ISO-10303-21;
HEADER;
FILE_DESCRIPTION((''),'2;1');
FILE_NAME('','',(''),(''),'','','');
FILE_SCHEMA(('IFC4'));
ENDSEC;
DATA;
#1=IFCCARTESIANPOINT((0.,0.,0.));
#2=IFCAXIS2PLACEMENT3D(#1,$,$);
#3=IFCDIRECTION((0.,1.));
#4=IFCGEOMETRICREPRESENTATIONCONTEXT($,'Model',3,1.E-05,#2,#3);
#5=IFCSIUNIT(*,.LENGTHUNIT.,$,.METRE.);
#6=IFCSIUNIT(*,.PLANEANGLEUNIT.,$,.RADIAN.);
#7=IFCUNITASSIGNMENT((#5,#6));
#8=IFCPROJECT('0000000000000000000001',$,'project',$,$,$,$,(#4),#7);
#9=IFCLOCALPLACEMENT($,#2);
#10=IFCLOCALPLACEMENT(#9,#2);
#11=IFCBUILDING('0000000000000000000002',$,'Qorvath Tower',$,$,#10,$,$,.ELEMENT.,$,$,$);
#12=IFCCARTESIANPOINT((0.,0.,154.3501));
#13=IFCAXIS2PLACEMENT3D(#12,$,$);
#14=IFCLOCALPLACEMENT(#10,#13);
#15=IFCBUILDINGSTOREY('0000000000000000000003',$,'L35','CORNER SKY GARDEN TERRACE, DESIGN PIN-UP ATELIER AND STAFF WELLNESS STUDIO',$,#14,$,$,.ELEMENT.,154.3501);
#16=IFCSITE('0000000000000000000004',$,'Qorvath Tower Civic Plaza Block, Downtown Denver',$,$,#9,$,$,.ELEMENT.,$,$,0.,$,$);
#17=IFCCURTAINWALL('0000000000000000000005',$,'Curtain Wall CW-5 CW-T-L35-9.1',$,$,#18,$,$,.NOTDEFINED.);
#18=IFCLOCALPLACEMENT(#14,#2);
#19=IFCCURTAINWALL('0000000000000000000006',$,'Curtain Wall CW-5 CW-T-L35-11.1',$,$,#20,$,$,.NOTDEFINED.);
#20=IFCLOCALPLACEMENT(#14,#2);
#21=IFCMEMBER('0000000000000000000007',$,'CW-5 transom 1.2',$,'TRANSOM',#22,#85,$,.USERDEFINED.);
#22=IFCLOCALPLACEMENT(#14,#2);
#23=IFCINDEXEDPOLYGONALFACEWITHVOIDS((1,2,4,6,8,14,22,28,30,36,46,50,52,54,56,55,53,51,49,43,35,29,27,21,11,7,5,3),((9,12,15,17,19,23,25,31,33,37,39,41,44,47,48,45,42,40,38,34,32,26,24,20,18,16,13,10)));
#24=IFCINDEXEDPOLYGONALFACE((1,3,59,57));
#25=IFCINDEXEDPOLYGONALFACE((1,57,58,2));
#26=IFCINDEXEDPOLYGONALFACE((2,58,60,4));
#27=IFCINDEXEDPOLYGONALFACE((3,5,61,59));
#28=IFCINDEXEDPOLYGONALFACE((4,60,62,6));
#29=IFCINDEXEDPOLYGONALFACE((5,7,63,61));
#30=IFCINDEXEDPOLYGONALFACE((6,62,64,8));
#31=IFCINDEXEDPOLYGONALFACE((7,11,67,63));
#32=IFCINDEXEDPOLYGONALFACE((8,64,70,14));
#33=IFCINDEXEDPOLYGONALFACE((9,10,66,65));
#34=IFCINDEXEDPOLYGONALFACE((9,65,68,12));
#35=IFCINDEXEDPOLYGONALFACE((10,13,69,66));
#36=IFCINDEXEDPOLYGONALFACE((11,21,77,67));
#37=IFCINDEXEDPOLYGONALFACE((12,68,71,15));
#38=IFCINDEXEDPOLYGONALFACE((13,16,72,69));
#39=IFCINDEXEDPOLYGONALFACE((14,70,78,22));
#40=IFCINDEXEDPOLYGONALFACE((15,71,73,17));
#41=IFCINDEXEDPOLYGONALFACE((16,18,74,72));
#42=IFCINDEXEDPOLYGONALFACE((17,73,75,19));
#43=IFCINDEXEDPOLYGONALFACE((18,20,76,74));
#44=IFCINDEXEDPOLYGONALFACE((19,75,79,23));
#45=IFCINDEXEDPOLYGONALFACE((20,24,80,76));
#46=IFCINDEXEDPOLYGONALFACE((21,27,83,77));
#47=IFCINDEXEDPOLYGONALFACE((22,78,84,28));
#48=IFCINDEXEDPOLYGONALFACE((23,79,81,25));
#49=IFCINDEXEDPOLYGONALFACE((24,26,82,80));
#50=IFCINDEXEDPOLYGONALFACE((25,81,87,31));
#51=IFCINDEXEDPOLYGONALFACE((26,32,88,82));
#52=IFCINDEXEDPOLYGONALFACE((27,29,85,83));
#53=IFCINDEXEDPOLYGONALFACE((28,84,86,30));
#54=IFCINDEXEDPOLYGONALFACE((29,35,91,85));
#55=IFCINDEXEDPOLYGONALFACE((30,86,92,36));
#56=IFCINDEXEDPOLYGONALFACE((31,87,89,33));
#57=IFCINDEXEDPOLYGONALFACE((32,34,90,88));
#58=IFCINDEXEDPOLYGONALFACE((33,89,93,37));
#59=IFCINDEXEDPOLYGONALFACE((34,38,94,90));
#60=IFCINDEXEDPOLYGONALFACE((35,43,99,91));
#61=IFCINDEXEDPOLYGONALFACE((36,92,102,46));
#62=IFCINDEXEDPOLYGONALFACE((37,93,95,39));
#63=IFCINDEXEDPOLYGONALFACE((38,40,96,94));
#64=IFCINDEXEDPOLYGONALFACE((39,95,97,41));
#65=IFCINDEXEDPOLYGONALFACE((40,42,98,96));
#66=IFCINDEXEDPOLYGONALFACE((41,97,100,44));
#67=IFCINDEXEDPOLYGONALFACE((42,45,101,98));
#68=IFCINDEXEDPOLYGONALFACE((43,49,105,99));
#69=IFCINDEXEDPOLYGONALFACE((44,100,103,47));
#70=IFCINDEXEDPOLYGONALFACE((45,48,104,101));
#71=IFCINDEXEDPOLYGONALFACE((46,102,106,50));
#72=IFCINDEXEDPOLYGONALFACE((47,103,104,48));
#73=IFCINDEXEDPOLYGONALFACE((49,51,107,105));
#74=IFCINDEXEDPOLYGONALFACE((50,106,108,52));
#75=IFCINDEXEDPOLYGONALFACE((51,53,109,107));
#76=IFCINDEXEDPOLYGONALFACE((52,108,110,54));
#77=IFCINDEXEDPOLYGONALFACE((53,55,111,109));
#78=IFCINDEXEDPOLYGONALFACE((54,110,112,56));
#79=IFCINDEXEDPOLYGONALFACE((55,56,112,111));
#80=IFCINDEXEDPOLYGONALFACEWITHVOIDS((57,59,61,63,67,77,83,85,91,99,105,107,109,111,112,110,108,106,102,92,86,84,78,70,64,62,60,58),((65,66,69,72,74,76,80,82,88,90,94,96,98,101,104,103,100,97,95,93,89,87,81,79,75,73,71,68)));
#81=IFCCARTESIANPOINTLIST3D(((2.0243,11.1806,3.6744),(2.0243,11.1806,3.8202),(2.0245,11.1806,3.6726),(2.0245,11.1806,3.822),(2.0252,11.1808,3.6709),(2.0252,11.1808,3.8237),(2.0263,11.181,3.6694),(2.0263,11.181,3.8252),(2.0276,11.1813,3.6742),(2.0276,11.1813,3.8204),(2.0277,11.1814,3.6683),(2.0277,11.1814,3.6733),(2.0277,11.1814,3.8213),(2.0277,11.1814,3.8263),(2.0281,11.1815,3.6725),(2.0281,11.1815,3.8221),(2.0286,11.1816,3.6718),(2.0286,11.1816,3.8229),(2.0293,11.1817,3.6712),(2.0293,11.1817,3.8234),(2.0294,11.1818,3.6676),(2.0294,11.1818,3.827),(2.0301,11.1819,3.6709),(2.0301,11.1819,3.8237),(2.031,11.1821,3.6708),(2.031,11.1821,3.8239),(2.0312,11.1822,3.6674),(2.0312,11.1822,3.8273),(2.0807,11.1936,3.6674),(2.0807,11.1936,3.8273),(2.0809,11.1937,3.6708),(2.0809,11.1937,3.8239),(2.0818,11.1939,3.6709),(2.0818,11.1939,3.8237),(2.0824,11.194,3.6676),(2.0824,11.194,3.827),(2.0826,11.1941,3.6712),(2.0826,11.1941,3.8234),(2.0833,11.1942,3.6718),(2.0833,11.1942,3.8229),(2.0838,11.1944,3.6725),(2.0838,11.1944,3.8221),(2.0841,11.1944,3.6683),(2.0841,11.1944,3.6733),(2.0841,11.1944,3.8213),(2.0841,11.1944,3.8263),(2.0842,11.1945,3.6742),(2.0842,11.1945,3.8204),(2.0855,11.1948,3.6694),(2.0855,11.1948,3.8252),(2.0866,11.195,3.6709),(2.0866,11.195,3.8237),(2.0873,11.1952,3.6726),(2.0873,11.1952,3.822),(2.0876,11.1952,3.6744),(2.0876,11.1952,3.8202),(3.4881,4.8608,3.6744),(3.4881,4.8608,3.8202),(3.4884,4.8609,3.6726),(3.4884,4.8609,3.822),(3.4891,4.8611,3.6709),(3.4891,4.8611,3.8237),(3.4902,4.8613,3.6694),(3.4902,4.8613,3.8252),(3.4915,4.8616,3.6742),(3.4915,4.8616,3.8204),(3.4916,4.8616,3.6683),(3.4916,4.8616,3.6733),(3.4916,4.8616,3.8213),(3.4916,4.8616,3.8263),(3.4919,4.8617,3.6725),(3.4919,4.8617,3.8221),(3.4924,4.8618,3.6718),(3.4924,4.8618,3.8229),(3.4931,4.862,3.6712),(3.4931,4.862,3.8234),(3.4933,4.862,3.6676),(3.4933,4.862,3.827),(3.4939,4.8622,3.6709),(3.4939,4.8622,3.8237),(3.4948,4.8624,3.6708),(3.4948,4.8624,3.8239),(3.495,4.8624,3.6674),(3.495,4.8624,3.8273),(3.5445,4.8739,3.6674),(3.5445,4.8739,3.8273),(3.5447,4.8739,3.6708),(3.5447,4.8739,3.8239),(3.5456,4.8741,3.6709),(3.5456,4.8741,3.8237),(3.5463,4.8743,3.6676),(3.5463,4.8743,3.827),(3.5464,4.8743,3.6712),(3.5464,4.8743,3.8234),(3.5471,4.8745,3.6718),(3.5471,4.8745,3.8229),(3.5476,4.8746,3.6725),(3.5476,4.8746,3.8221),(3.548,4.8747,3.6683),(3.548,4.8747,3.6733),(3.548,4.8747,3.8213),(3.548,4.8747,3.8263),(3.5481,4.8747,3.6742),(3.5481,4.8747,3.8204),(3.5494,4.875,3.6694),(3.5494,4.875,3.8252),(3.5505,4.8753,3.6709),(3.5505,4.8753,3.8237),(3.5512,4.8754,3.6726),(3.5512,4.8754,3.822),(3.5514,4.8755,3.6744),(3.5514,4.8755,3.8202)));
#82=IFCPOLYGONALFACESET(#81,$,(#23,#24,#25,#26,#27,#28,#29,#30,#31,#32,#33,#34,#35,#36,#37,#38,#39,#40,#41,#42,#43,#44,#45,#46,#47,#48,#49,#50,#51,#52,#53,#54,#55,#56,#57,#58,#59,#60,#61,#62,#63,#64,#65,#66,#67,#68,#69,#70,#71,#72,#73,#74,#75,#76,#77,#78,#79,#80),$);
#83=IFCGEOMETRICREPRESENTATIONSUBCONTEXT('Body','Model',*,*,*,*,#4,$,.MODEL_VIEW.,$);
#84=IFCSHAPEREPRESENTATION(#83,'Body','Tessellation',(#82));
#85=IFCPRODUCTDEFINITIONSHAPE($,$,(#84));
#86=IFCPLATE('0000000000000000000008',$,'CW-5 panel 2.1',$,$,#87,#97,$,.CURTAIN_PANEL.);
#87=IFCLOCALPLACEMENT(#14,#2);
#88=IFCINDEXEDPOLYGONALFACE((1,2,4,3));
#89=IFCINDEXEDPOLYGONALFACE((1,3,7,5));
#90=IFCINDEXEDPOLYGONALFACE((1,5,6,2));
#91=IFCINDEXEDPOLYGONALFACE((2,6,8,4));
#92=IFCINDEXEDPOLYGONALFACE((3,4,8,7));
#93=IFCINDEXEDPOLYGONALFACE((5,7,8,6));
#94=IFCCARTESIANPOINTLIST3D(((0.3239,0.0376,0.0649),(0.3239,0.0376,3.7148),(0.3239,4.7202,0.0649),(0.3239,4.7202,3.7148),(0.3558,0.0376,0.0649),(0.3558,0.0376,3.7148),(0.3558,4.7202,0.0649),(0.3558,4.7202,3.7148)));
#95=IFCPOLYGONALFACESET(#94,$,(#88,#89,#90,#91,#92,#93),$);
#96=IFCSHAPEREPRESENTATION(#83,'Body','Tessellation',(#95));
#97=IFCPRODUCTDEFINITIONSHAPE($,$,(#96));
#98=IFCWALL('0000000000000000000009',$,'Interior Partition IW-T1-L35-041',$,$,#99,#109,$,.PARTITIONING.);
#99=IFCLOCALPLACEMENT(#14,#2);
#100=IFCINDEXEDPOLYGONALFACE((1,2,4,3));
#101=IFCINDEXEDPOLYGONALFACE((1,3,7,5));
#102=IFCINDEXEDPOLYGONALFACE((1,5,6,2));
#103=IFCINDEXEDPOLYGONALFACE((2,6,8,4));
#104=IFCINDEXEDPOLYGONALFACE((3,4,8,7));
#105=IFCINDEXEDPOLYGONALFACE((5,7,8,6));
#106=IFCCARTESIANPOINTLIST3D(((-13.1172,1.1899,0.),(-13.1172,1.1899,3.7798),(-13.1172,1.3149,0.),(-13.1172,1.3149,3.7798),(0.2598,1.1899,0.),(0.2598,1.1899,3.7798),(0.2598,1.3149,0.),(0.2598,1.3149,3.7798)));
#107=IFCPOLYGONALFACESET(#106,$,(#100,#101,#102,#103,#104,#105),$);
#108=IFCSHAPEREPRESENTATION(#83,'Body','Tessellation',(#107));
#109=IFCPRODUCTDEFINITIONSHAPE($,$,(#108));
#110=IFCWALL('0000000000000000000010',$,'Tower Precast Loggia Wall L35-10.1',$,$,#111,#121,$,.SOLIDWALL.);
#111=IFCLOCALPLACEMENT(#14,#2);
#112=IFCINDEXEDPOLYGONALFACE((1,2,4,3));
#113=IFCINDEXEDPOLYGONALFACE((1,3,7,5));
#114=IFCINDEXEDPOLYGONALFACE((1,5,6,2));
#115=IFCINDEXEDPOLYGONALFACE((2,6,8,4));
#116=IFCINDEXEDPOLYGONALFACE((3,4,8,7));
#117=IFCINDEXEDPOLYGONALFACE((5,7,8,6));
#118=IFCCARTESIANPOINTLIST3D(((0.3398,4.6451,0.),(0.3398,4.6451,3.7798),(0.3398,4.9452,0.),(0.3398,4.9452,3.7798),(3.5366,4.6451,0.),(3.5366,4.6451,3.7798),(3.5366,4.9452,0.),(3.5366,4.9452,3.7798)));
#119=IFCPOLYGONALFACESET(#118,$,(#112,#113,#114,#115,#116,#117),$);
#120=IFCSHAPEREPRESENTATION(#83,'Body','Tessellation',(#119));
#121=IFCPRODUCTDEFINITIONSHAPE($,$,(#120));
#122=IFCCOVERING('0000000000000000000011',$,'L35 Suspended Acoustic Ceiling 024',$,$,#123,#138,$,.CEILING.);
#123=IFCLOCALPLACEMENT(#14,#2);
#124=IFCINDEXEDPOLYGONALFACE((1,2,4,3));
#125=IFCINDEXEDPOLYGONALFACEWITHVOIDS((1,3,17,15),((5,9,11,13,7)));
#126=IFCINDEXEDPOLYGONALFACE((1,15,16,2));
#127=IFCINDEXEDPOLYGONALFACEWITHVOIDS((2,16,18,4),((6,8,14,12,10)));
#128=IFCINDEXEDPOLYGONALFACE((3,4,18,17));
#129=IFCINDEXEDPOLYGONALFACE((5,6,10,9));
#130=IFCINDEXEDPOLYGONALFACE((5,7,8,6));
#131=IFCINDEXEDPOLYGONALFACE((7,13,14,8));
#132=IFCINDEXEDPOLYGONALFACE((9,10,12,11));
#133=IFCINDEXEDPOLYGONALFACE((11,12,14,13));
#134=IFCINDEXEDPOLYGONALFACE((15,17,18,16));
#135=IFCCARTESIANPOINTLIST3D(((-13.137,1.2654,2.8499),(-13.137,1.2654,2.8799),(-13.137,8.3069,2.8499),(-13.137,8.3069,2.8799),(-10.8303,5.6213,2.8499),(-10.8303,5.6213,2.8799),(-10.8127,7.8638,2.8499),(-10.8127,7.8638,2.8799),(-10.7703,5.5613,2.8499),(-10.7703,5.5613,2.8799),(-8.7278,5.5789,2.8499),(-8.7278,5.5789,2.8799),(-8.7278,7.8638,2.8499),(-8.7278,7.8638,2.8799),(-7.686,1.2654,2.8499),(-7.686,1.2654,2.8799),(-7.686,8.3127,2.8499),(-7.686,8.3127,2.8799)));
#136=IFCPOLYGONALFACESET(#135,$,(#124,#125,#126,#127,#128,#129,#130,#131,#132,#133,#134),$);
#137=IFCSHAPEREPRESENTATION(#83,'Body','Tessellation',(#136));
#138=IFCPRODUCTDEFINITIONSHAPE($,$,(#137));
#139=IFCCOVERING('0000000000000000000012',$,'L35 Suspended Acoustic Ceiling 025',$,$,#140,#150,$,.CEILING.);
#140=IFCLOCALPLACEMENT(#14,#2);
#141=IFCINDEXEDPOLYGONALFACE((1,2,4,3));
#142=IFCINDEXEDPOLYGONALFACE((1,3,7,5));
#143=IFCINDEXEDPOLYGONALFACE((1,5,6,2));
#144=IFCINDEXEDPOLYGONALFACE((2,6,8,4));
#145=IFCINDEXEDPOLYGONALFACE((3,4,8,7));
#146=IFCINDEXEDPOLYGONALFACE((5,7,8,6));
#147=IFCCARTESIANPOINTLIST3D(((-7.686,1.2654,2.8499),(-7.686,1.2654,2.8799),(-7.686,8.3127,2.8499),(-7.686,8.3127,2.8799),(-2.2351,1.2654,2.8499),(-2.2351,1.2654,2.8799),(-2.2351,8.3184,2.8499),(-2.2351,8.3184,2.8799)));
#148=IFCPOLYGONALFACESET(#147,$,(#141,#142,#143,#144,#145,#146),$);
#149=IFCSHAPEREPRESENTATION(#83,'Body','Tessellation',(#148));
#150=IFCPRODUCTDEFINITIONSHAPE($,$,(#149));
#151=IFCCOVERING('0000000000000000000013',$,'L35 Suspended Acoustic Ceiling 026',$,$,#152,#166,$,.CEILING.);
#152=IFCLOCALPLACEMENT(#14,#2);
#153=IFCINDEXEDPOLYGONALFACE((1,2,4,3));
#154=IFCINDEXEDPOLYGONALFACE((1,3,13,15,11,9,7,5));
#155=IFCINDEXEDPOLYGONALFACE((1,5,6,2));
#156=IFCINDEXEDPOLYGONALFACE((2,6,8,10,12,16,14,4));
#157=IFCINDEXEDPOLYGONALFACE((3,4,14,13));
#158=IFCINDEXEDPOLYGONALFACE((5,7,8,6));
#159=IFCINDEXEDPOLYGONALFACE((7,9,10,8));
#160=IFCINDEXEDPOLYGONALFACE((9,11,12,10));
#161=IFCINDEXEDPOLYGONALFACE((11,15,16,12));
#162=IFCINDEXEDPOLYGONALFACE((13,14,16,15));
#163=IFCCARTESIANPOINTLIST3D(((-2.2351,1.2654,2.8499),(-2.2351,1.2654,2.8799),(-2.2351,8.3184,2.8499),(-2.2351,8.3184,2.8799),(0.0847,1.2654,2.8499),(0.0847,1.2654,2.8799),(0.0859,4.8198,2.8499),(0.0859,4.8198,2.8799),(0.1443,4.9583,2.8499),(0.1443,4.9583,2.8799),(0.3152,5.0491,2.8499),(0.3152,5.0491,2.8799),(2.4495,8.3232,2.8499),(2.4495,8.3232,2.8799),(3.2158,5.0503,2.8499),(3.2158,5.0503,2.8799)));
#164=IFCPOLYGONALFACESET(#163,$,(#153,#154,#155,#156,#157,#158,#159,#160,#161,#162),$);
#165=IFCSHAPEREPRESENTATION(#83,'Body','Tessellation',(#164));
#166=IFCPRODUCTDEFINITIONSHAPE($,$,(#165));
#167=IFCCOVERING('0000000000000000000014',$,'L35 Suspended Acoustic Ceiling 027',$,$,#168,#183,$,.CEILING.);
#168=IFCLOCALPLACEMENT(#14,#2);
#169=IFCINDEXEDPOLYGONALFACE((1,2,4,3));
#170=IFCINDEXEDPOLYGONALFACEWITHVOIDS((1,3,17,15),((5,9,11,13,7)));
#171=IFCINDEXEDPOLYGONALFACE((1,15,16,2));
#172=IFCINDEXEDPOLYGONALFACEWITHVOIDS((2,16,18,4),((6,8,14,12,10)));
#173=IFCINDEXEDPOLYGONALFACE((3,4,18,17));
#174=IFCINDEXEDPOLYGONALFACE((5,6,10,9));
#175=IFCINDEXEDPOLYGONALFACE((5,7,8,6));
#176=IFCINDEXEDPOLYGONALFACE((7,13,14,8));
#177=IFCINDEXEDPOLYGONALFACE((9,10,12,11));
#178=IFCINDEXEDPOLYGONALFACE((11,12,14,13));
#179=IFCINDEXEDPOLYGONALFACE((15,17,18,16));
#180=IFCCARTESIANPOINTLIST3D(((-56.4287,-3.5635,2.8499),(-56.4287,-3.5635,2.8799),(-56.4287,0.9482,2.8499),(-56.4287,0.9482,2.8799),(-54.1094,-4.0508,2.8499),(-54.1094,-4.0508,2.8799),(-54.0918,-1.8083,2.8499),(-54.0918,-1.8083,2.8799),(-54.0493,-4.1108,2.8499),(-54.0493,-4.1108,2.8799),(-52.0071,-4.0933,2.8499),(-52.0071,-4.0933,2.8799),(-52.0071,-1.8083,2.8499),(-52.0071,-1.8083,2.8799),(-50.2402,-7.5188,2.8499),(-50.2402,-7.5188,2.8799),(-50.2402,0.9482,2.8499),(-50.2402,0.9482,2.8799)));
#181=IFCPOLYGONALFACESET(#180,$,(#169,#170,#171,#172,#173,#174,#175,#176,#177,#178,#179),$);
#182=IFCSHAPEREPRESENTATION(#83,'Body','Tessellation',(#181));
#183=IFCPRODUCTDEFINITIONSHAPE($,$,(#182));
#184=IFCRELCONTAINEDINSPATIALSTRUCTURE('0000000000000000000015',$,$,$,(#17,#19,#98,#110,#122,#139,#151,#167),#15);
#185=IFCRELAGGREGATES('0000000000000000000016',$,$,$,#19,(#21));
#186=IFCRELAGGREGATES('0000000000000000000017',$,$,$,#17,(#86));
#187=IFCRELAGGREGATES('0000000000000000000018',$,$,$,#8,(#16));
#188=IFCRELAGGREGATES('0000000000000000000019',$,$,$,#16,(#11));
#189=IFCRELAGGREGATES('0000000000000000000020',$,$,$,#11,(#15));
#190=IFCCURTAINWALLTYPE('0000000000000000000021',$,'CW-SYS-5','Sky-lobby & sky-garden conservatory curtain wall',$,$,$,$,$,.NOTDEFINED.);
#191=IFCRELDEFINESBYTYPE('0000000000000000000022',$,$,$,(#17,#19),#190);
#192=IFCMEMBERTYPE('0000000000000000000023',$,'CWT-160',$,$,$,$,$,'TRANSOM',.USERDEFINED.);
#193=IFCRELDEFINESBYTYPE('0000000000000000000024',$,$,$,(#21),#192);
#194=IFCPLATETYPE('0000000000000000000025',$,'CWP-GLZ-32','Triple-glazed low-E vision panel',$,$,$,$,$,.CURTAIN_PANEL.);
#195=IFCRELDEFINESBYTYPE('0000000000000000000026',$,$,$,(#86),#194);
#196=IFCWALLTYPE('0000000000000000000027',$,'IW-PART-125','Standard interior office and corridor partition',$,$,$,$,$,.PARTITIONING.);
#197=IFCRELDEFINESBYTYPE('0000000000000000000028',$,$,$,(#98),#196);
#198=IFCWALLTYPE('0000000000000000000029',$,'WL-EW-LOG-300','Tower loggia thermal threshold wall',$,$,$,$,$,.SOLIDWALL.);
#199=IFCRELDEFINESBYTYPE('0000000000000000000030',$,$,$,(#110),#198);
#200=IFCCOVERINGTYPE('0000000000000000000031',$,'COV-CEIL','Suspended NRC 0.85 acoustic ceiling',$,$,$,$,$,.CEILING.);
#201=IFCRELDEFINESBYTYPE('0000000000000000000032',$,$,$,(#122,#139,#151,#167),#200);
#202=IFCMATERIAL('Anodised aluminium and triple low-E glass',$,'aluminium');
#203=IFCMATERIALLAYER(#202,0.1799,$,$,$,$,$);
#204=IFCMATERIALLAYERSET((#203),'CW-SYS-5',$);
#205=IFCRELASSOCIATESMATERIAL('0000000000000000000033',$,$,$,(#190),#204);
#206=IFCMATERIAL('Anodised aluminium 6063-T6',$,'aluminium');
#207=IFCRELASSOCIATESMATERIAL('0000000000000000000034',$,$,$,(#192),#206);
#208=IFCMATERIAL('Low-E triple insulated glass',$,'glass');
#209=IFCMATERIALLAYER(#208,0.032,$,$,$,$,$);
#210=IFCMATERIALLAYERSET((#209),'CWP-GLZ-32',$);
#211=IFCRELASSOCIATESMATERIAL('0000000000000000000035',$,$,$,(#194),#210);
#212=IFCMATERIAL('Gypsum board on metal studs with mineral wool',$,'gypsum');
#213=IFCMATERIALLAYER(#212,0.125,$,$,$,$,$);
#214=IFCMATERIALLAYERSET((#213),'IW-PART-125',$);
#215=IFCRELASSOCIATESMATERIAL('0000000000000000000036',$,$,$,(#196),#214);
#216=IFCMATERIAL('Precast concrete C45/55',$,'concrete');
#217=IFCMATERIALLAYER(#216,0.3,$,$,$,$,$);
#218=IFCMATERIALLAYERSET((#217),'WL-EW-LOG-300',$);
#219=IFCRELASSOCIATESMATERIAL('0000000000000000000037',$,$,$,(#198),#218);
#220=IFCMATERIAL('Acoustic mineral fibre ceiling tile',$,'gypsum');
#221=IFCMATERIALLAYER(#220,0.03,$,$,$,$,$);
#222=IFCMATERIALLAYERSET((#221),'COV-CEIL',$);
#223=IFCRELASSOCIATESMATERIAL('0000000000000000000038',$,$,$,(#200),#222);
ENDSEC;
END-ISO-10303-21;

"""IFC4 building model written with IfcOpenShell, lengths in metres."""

from ifc_helpers import new_model, si_unit, direction, frame, frame_2d, origin, origin_2d, place, context, subcontext, project, spatial, polyline, rectangle, hollow_rectangle, outline, extrude, material, layer, layer_set, material_profile, profile_set, type_object, element, aggregate, save


model = new_model("IFC4")

# Units and contexts
model_context = context("Model", 3, precision=1e-05, world=origin(), true_north=direction((0.0, 1.0)))
body_context = subcontext(model_context, "Body", "Model", "MODEL_VIEW")
ifc_project = project(units=[si_unit("LENGTHUNIT", "METRE"), si_unit("PLANEANGLEUNIT", "RADIAN")], contexts=[model_context])

# Site, building, storey
site_placement = place(None, origin())
site = spatial("IfcSite", under=ifc_project, at=site_placement, Name="Qorvath Tower Civic Plaza Block, Downtown Denver", CompositionType="ELEMENT", RefElevation=0.0)
building_placement = place(site_placement, origin())
building = spatial("IfcBuilding", under=site, at=building_placement, Name="Qorvath Tower", CompositionType="ELEMENT")
storey_placement = place(building_placement, frame((0.0, 0.0, 154.3501)))
storey = spatial("IfcBuildingStorey", under=building, at=storey_placement, Name="L35", Description="CORNER SKY GARDEN TERRACE, DESIGN PIN-UP ATELIER AND STAFF WELLNESS STUDIO", CompositionType="ELEMENT", Elevation=154.3501)

# Curtain wall
ifc_material_1 = material(Name="Anodised aluminium and triple low-E glass", Category="aluminium")
ifc_layer_1 = layer(ifc_material_1, 0.1799)
ifc_layer_set_1 = layer_set([ifc_layer_1], Name="CW-SYS-5")
curtain_wall_type = type_object("IfcCurtainWallType", Name="CW-SYS-5", Description="Sky-lobby & sky-garden conservatory curtain wall", PredefinedType="NOTDEFINED", material=ifc_layer_set_1)
curtain_wall_1_placement = place(storey_placement, origin())
curtain_wall_1 = element("IfcCurtainWall", 1, at=curtain_wall_1_placement, inside=storey, type_object=curtain_wall_type, Name="Curtain Wall CW-5 CW-T-L35-9.1", PredefinedType="NOTDEFINED")

# Curtain wall
curtain_wall_2_placement = place(storey_placement, origin())
curtain_wall_2 = element("IfcCurtainWall", 2, at=curtain_wall_2_placement, inside=storey, type_object=curtain_wall_type, Name="Curtain Wall CW-5 CW-T-L35-11.1", PredefinedType="NOTDEFINED")

# Member
ifc_material_2 = material(Name="Anodised aluminium 6063-T6", Category="aluminium")
ifc_material_profile_1 = material_profile(ifc_material_2, hollow_rectangle(XDim=0.0649, YDim=0.1599, WallThickness=0.0034, InnerFilletRadius=0.0034, OuterFilletRadius=0.0071, at=origin_2d()), Name="CWT 160x65")
ifc_profile_set_1 = profile_set([ifc_material_profile_1], Name="Anodised aluminium 6063-T6")
member_type_1 = type_object("IfcMemberType", Name="CWT-160", ElementType="TRANSOM", PredefinedType="USERDEFINED", material=ifc_profile_set_1)
member_1_placement = place(storey_placement, frame((3.5198, 4.8682, 3.7473), z_axis=(-0.225657, 0.974207, 0.0), x_axis=(-0.974207, -0.225657, 0.0)))
member_1 = element("IfcMember", 3, at=member_1_placement, type_object=member_type_1, Name="CW-5 transom 1.2", ObjectType="TRANSOM", PredefinedType="USERDEFINED", context=body_context, shape_type="SweptSolid", body=[
    extrude(hollow_rectangle(XDim=0.0649, YDim=0.1599, WallThickness=0.0034, InnerFilletRadius=0.0034, OuterFilletRadius=0.0071, at=origin_2d()), origin(), (0.0, 0.0, 1.0), 6.4871),
])
aggregate(curtain_wall_2, [member_1])

# Plate
ifc_material_3 = material(Name="Low-E triple insulated glass", Category="glass")
ifc_layer_2 = layer(ifc_material_3, 0.032)
ifc_layer_set_2 = layer_set([ifc_layer_2], Name="CWP-GLZ-32")
plate_type = type_object("IfcPlateType", Name="CWP-GLZ-32", Description="Triple-glazed low-E vision panel", PredefinedType="CURTAIN_PANEL", material=ifc_layer_set_2)
plate_placement = place(storey_placement, frame((0.3398, 2.3789, 0.0649), z_axis=(0.0, 0.0, 1.0), x_axis=(0.0, 1.0, 0.0)))
plate = element("IfcPlate", 4, at=plate_placement, type_object=plate_type, Name="CW-5 panel 2.1", PredefinedType="CURTAIN_PANEL", context=body_context, shape_type="SweptSolid", body=[
    extrude(rectangle(XDim=4.6826, YDim=0.032, at=origin_2d()), origin(), (0.0, 0.0, 1.0), 3.6499),
])
aggregate(curtain_wall_1, [plate])

# Walls
ifc_material_4 = material(Name="Gypsum board on metal studs with mineral wool", Category="gypsum")
ifc_layer_3 = layer(ifc_material_4, 0.125)
ifc_layer_set_3 = layer_set([ifc_layer_3], Name="IW-PART-125")
wall_type_1 = type_object("IfcWallType", Name="IW-PART-125", Description="Standard interior office and corridor partition", PredefinedType="PARTITIONING", material=ifc_layer_set_3)
wall_1_placement = place(storey_placement, frame((0.2598, 1.2524, 0.0), z_axis=(0.0, 0.0, 1.0), x_axis=(-1.0, 0.0, 0.0)))
element("IfcWall", 5, at=wall_1_placement, inside=storey, type_object=wall_type_1, Name="Interior Partition IW-T1-L35-041", PredefinedType="PARTITIONING", context=body_context, shape_type="SweptSolid", body=[
    extrude(rectangle(XDim=13.377, YDim=0.125, at=frame_2d((6.6885, 0.0))), origin(), (0.0, 0.0, 1.0), 3.7798),
])
ifc_material_5 = material(Name="Precast concrete C45/55", Category="concrete")
ifc_layer_4 = layer(ifc_material_5, 0.3)
ifc_layer_set_4 = layer_set([ifc_layer_4], Name="WL-EW-LOG-300")
wall_type_2 = type_object("IfcWallType", Name="WL-EW-LOG-300", Description="Tower loggia thermal threshold wall", PredefinedType="SOLIDWALL", material=ifc_layer_set_4)
wall_2_placement = place(storey_placement, frame((0.3398, 4.7952, 0.0), z_axis=(0.0, 0.0, 1.0), x_axis=(1.0, 0.0, 0.0)))
element("IfcWall", 6, at=wall_2_placement, inside=storey, type_object=wall_type_2, Name="Tower Precast Loggia Wall L35-10.1", PredefinedType="SOLIDWALL", context=body_context, shape_type="SweptSolid", body=[
    extrude(rectangle(XDim=3.1968, YDim=0.3, at=frame_2d((1.5984, 0.0))), origin(), (0.0, 0.0, 1.0), 3.7798),
])

# Coverings
ifc_material_6 = material(Name="Acoustic mineral fibre ceiling tile", Category="gypsum")
ifc_layer_5 = layer(ifc_material_6, 0.03)
ifc_layer_set_5 = layer_set([ifc_layer_5], Name="COV-CEIL")
covering_type_1 = type_object("IfcCoveringType", Name="COV-CEIL", Description="Suspended NRC 0.85 acoustic ceiling", PredefinedType="CEILING", material=ifc_layer_set_5)
covering_1_placement = place(storey_placement, frame((0.0, 0.0, 2.8499)))
element("IfcCovering", 7, at=covering_1_placement, inside=storey, type_object=covering_type_1, Name="L35 Suspended Acoustic Ceiling 024", PredefinedType="CEILING", context=body_context, shape_type="SweptSolid", body=[
    extrude(outline(polyline([(-7.686, 1.2654), (-7.686, 8.3127), (-13.137, 8.3069), (-13.137, 1.2654), (-7.686, 1.2654)]), holes=[polyline([(-10.8303, 5.6213), (-10.8127, 7.8638), (-8.7278, 7.8638), (-8.7278, 5.5789), (-10.7703, 5.5613), (-10.8303, 5.6213)])]), origin(), (0.0, 0.0, 1.0), 0.03),
])
covering_2_placement = place(storey_placement, frame((0.0, 0.0, 2.8499)))
element("IfcCovering", 8, at=covering_2_placement, inside=storey, type_object=covering_type_1, Name="L35 Suspended Acoustic Ceiling 025", PredefinedType="CEILING", context=body_context, shape_type="SweptSolid", body=[
    extrude(outline(polyline([(-2.2351, 1.2654), (-2.2351, 8.3184), (-7.686, 8.3127), (-7.686, 1.2654), (-2.2351, 1.2654)])), origin(), (0.0, 0.0, 1.0), 0.03),
])
covering_3_placement = place(storey_placement, frame((0.0, 0.0, 2.8499)))
element("IfcCovering", 9, at=covering_3_placement, inside=storey, type_object=covering_type_1, Name="L35 Suspended Acoustic Ceiling 026", PredefinedType="CEILING", context=body_context, shape_type="SweptSolid", body=[
    extrude(outline(polyline([(0.1443, 4.9583), (0.3152, 5.0491), (3.2158, 5.0503), (2.4495, 8.3232), (-2.2351, 8.3184), (-2.2351, 1.2654), (0.0847, 1.2654), (0.0859, 4.8198), (0.1443, 4.9583)])), origin(), (0.0, 0.0, 1.0), 0.03),
])
covering_4_placement = place(storey_placement, frame((0.0, 0.0, 2.8499)))
element("IfcCovering", 10, at=covering_4_placement, inside=storey, type_object=covering_type_1, Name="L35 Suspended Acoustic Ceiling 027", PredefinedType="CEILING", context=body_context, shape_type="SweptSolid", body=[
    extrude(outline(polyline([(-50.2402, -7.5188), (-50.2402, 0.9482), (-56.4287, 0.9482), (-56.4287, -3.5635), (-50.2402, -7.5188)]), holes=[polyline([(-54.1094, -4.0508), (-54.0918, -1.8083), (-52.0071, -1.8083), (-52.0071, -4.0933), (-54.0493, -4.1108), (-54.1094, -4.0508)])]), origin(), (0.0, 0.0, 1.0), 0.03),
])

save(model, "model.ifc")
